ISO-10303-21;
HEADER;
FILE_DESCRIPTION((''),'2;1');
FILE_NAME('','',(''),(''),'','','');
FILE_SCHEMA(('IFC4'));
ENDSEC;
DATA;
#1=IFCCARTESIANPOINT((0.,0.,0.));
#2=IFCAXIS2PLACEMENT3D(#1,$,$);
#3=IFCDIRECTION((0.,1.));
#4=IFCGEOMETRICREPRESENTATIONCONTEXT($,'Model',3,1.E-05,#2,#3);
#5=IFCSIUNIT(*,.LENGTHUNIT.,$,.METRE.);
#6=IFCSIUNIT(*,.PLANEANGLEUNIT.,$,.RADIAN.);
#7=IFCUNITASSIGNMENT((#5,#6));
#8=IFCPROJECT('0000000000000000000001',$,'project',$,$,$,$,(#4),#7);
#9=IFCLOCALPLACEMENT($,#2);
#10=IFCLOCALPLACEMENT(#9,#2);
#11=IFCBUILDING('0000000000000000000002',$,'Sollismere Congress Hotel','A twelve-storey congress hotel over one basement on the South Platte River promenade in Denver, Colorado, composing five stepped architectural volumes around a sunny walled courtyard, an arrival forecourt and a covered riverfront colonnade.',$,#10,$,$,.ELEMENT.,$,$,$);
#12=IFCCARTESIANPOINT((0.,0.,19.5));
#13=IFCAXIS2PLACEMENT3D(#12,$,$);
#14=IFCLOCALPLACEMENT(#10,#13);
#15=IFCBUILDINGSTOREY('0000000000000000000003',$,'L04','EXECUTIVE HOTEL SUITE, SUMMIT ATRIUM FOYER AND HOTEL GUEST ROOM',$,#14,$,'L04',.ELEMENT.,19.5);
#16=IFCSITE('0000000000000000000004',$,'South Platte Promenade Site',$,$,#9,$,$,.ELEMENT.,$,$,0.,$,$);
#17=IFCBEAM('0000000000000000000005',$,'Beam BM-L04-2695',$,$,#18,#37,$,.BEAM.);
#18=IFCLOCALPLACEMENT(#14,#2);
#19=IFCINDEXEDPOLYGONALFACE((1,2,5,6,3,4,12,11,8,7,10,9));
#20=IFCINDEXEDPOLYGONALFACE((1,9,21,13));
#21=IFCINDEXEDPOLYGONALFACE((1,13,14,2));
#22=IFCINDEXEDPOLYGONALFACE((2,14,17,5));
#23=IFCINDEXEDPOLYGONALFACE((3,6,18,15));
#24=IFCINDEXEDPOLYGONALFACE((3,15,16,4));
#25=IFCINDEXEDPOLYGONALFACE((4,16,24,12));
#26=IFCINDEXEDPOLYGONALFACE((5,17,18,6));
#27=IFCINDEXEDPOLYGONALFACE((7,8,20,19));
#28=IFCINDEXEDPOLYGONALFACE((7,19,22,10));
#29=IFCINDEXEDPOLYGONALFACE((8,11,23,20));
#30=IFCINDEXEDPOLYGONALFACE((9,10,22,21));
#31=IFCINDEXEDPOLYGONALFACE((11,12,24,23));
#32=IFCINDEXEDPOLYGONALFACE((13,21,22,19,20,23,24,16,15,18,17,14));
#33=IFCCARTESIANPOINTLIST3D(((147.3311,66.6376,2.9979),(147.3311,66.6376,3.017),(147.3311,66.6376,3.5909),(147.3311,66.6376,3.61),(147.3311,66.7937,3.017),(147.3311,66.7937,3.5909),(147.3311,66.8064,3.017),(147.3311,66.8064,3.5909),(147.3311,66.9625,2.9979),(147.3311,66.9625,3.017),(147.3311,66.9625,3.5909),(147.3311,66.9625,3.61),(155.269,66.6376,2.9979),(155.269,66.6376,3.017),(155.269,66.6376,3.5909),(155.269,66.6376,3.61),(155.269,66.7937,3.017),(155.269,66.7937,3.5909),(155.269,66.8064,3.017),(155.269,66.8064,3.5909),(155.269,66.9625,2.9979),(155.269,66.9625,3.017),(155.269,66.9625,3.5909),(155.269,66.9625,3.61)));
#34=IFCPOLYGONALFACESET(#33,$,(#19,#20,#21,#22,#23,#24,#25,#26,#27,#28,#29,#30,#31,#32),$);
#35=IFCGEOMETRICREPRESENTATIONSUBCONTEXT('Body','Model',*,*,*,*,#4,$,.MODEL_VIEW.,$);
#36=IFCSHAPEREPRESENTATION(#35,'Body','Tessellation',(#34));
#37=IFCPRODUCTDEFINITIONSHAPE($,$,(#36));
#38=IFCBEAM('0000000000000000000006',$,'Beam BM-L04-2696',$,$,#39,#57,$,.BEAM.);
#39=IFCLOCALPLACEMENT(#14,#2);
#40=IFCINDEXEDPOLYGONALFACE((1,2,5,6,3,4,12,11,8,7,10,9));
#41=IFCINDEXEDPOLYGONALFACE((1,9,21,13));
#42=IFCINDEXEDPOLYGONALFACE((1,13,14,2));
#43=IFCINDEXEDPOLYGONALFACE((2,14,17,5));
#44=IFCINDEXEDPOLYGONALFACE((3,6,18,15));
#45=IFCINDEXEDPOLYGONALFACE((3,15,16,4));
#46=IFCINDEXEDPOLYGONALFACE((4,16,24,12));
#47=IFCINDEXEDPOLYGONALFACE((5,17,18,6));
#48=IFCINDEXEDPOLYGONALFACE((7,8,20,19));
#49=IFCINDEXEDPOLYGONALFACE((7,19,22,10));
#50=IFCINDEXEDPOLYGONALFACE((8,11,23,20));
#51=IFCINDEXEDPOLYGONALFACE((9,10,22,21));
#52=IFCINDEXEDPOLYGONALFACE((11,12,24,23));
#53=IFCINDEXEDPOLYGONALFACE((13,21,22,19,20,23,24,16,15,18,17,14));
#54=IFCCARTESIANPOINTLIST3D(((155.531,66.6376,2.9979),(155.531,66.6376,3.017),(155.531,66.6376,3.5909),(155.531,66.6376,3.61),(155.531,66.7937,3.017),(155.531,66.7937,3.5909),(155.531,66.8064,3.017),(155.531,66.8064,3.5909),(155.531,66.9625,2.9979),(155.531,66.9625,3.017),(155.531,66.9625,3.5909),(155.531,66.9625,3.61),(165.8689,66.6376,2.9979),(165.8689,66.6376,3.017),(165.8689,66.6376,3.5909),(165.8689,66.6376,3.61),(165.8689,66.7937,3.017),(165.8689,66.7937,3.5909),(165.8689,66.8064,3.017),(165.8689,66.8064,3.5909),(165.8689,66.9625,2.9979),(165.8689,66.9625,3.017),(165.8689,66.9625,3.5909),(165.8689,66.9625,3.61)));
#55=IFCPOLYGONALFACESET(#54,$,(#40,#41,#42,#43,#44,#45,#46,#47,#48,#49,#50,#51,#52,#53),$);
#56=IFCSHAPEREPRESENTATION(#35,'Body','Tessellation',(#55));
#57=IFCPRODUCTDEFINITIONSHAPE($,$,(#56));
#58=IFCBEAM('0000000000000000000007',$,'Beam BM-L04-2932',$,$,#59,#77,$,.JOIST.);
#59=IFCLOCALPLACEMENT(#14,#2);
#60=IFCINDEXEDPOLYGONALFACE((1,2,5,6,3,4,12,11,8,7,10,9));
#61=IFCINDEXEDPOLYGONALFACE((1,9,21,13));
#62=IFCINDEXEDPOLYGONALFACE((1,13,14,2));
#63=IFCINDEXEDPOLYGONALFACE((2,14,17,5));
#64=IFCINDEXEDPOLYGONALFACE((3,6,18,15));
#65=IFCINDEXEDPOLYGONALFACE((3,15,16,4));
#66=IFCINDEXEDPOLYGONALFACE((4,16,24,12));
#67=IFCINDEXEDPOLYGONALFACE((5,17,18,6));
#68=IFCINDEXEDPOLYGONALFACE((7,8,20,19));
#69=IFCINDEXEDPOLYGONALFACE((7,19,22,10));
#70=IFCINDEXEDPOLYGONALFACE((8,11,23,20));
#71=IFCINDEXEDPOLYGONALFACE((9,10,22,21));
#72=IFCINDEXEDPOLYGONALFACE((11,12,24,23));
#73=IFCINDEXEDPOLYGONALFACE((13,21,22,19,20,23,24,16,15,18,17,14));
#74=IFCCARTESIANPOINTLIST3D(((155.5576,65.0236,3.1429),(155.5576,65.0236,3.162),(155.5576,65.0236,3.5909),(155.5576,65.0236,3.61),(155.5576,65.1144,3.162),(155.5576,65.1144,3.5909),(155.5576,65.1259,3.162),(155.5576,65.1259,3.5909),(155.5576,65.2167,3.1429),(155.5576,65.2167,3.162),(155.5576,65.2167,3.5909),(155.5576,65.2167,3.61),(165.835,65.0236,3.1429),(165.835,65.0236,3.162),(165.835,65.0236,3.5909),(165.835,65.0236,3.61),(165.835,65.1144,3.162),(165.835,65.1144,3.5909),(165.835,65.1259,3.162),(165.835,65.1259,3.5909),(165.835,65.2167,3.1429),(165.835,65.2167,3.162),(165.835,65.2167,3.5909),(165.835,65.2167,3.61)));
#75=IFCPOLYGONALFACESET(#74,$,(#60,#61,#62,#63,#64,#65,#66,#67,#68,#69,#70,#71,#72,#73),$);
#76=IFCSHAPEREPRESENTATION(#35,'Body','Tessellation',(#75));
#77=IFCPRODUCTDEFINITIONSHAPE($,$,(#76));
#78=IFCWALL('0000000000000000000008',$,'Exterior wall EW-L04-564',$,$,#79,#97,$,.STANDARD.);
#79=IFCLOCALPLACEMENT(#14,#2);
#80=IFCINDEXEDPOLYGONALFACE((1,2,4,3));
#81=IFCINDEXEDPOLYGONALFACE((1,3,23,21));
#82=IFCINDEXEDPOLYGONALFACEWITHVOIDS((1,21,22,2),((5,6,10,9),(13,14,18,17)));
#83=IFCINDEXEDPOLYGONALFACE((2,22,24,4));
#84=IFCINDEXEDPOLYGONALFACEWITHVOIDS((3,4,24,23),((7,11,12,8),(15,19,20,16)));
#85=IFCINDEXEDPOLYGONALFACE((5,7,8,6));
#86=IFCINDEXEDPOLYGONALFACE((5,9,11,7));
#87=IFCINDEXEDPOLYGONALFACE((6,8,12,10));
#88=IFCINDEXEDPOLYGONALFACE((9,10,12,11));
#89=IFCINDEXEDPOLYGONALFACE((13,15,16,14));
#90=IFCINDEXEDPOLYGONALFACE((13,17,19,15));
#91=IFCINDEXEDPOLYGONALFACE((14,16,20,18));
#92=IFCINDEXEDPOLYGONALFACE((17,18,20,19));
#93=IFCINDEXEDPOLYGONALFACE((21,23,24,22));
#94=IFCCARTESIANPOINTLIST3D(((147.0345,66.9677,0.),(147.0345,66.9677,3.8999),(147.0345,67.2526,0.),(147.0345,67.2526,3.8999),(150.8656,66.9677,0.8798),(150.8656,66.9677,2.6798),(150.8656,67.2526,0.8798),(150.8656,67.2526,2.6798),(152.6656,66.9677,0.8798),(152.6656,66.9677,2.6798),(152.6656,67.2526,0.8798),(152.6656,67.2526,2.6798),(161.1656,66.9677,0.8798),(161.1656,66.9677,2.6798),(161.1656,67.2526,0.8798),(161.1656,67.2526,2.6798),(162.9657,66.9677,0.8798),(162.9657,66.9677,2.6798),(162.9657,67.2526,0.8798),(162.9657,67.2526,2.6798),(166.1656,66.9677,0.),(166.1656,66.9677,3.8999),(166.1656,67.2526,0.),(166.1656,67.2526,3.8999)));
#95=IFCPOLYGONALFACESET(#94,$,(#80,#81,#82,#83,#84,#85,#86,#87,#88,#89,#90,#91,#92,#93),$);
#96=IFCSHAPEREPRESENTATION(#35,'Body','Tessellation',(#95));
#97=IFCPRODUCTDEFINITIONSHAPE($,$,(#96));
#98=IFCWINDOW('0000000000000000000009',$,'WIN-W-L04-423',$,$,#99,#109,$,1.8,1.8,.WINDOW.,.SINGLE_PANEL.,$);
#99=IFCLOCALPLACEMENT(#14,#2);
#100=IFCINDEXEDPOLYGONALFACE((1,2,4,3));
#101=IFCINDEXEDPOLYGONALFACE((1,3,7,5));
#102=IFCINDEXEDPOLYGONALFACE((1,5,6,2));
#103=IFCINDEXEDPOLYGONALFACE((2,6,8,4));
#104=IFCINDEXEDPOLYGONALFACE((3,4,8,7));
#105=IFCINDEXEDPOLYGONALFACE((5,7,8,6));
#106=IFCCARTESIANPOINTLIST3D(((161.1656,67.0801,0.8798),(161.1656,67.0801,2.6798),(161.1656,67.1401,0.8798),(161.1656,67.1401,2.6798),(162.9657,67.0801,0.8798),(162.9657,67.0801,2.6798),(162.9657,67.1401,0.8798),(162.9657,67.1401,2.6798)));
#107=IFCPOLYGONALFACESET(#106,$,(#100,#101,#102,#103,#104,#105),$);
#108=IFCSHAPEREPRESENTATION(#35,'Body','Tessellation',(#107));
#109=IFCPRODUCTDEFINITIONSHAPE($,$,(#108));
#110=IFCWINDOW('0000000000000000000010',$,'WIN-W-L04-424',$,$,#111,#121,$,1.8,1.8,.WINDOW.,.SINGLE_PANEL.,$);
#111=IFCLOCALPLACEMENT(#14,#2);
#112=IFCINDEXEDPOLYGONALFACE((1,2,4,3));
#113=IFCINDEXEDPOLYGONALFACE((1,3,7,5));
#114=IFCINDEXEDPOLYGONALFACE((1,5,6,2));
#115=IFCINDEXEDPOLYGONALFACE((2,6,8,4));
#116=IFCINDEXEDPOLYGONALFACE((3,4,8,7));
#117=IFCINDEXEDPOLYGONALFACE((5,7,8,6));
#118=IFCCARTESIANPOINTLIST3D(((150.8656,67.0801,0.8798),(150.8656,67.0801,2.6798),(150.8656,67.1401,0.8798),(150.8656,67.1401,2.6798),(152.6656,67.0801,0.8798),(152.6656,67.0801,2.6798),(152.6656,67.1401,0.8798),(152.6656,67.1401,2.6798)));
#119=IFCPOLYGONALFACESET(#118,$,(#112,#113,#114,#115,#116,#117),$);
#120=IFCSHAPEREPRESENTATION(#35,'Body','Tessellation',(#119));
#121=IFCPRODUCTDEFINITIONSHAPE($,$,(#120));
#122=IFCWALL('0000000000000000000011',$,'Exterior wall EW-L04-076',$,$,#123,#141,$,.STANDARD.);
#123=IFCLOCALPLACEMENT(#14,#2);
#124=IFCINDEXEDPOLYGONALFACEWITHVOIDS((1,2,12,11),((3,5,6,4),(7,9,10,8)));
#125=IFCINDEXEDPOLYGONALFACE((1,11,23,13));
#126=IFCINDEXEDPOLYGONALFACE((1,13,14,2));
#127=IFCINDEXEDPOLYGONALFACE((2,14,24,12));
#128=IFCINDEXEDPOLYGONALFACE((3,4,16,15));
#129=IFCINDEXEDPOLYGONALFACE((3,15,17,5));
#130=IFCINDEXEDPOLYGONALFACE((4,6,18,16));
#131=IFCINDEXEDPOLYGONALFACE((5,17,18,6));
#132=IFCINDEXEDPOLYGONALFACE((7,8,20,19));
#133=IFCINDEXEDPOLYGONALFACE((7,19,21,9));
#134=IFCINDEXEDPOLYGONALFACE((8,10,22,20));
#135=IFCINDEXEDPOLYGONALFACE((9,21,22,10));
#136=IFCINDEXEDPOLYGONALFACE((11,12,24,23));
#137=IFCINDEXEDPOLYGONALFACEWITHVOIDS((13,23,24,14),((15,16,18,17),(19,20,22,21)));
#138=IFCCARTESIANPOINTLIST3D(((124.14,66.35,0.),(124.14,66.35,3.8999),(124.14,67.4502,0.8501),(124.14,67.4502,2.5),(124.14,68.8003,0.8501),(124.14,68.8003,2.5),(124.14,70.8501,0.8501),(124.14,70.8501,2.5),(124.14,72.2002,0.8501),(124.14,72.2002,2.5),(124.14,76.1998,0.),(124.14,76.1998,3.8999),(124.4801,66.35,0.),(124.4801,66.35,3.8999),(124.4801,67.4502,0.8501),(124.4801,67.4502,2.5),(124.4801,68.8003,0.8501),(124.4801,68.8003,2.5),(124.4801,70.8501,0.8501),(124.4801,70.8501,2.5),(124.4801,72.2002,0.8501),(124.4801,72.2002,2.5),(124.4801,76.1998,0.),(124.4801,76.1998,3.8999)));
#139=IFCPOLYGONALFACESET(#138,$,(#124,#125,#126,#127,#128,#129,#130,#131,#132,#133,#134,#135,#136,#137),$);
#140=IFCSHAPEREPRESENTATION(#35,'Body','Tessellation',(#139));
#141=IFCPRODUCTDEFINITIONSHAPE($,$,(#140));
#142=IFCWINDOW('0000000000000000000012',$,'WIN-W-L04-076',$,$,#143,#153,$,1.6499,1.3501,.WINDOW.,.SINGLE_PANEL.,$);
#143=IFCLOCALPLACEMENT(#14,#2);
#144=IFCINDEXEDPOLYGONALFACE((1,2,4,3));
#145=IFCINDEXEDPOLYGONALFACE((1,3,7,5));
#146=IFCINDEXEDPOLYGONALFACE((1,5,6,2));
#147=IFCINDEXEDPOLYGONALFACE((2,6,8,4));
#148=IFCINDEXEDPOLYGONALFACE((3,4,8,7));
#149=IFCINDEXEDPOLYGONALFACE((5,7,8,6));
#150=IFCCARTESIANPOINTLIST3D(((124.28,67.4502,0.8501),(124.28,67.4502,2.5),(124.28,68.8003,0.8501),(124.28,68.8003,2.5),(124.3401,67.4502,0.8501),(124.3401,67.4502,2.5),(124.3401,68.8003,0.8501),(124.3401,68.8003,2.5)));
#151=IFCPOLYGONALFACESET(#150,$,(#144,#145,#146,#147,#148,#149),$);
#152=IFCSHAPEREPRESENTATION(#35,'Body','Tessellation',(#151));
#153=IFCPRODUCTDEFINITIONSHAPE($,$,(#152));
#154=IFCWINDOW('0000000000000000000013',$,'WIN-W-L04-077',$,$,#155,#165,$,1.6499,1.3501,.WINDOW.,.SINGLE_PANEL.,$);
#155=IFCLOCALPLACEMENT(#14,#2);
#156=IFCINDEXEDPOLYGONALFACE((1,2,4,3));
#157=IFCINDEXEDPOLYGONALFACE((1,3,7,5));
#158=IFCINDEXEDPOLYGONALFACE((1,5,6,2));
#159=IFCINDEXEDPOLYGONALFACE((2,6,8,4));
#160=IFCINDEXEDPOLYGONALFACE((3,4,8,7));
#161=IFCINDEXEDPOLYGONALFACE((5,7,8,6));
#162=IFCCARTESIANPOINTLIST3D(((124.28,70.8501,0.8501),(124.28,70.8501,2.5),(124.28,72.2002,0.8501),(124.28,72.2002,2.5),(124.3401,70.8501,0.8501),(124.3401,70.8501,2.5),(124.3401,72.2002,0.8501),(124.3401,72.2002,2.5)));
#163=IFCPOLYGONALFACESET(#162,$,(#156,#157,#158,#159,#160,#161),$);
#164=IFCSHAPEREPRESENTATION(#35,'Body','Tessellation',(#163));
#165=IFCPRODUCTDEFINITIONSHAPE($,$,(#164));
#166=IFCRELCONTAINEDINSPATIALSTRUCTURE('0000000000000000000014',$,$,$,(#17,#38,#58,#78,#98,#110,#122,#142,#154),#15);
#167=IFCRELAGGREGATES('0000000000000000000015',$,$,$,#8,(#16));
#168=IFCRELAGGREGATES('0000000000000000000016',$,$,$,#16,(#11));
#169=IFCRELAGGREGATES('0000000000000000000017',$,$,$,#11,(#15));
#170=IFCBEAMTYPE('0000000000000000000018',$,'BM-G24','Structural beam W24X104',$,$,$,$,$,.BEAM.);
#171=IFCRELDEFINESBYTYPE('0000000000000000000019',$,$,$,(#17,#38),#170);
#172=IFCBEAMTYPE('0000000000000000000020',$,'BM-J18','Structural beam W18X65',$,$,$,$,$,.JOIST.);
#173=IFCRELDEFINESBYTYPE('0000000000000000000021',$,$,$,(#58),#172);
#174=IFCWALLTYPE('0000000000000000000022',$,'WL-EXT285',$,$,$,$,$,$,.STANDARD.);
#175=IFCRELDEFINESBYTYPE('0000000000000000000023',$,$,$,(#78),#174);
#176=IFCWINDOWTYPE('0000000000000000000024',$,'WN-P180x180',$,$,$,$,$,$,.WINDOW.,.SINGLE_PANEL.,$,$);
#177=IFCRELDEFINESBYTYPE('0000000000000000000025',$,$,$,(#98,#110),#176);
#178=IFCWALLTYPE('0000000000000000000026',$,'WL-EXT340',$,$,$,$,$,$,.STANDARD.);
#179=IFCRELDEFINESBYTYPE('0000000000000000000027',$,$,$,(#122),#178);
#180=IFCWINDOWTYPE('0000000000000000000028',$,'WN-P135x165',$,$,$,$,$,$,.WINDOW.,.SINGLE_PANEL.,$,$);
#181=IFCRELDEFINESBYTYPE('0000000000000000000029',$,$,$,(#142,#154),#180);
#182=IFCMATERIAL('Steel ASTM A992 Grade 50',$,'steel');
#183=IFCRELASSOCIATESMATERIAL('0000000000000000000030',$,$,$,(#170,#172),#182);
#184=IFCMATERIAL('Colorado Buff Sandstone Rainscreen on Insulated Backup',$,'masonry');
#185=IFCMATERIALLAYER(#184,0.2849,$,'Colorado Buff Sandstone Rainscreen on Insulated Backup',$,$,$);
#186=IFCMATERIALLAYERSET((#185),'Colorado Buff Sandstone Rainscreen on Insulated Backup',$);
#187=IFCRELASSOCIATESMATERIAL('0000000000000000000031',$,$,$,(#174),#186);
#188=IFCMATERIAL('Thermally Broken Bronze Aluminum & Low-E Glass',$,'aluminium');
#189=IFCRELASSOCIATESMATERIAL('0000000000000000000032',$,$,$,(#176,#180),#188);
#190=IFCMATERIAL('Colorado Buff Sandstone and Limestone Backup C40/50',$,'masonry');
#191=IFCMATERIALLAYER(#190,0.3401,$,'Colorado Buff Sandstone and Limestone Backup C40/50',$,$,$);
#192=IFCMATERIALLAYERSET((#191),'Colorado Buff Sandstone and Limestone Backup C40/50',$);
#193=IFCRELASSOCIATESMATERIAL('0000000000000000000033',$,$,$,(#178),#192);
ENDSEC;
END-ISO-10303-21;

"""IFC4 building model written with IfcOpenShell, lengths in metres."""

from ifc_helpers import new_model, si_unit, direction, frame, frame_2d, origin, origin_2d, place, context, subcontext, project, spatial, rectangle, i_section, extrude, material, layer, layer_set, material_profile, profile_set, type_object, element, fill, save


model = new_model("IFC4")

# Units and contexts
model_context = context("Model", 3, precision=1e-05, world=origin(), true_north=direction((0.0, 1.0)))
body_context = subcontext(model_context, "Body", "Model", "MODEL_VIEW")
ifc_project = project(units=[si_unit("LENGTHUNIT", "METRE"), si_unit("PLANEANGLEUNIT", "RADIAN")], contexts=[model_context])

# Site, building, storey
site_placement = place(None, origin())
site = spatial("IfcSite", under=ifc_project, at=site_placement, Name="South Platte Promenade Site", CompositionType="ELEMENT", RefElevation=0.0)
building_placement = place(site_placement, origin())
building = spatial("IfcBuilding", under=site, at=building_placement, Name="Sollismere Congress Hotel", Description="A twelve-storey congress hotel over one basement on the South Platte River promenade in Denver, Colorado, composing five stepped architectural volumes around a sunny walled courtyard, an arrival forecourt and a covered riverfront colonnade.", CompositionType="ELEMENT")
storey_placement = place(building_placement, frame((0.0, 0.0, 19.5)))
storey = spatial("IfcBuildingStorey", under=building, at=storey_placement, Name="L04", Description="EXECUTIVE HOTEL SUITE, SUMMIT ATRIUM FOYER AND HOTEL GUEST ROOM", LongName="L04", CompositionType="ELEMENT", Elevation=19.5)

# Shared definitions
ifc_material_1 = material(Name="Steel ASTM A992 Grade 50", Category="steel")

# Beams
ifc_material_profile_1 = material_profile(ifc_material_1, i_section(OverallWidth=0.325, OverallDepth=0.6121, WebThickness=0.0127, FlangeThickness=0.019, at=origin_2d()), Name="W24X104")
ifc_profile_set_1 = profile_set([ifc_material_profile_1], Name="Steel ASTM A992 Grade 50")
beam_type_1 = type_object("IfcBeamType", Name="BM-G24", Description="Structural beam W24X104", PredefinedType="BEAM", material=ifc_profile_set_1)
beam_1_placement = place(storey_placement, frame((147.3311, 66.8, 3.304), z_axis=(1.0, 0.0, 0.0), x_axis=(0.0, 1.0, 0.0)))
element("IfcBeam", 1, at=beam_1_placement, inside=storey, type_object=beam_type_1, Name="Beam BM-L04-2695", PredefinedType="BEAM", context=body_context, shape_type="SweptSolid", body=[
    extrude(i_section(OverallWidth=0.325, OverallDepth=0.6121, WebThickness=0.0127, FlangeThickness=0.019, at=origin_2d()), origin(), (0.0, 0.0, 1.0), 7.938),
])
beam_2_placement = place(storey_placement, frame((155.531, 66.8, 3.304), z_axis=(1.0, 0.0, 0.0), x_axis=(0.0, 1.0, 0.0)))
element("IfcBeam", 2, at=beam_2_placement, inside=storey, type_object=beam_type_1, Name="Beam BM-L04-2696", PredefinedType="BEAM", context=body_context, shape_type="SweptSolid", body=[
    extrude(i_section(OverallWidth=0.325, OverallDepth=0.6121, WebThickness=0.0127, FlangeThickness=0.019, at=origin_2d()), origin(), (0.0, 0.0, 1.0), 10.3379),
])
ifc_material_profile_2 = material_profile(ifc_material_1, i_section(OverallWidth=0.1931, OverallDepth=0.467, WebThickness=0.0115, FlangeThickness=0.019, at=origin_2d()), Name="W18X65")
ifc_profile_set_2 = profile_set([ifc_material_profile_2], Name="Steel ASTM A992 Grade 50")
beam_type_2 = type_object("IfcBeamType", Name="BM-J18", Description="Structural beam W18X65", PredefinedType="JOIST", material=ifc_profile_set_2)
beam_3_placement = place(storey_placement, frame((155.5576, 65.1201, 3.3765), z_axis=(1.0, 0.0, 0.0), x_axis=(0.0, 1.0, 0.0)))
element("IfcBeam", 3, at=beam_3_placement, inside=storey, type_object=beam_type_2, Name="Beam BM-L04-2932", PredefinedType="JOIST", context=body_context, shape_type="SweptSolid", body=[
    extrude(i_section(OverallWidth=0.1931, OverallDepth=0.467, WebThickness=0.0115, FlangeThickness=0.019, at=origin_2d()), origin(), (0.0, 0.0, 1.0), 10.2773),
])

# Walls, openings, windows
ifc_material_2 = material(Name="Colorado Buff Sandstone Rainscreen on Insulated Backup", Category="masonry")
ifc_layer_1 = layer(ifc_material_2, 0.2849, Name="Colorado Buff Sandstone Rainscreen on Insulated Backup")
ifc_layer_set_1 = layer_set([ifc_layer_1], Name="Colorado Buff Sandstone Rainscreen on Insulated Backup")
wall_type_1 = type_object("IfcWallType", Name="WL-EXT285", PredefinedType="STANDARD", material=ifc_layer_set_1)
wall_1_placement = place(storey_placement, frame((166.1655, 67.1101, 0.0), z_axis=(0.0, 0.0, 1.0), x_axis=(-1.0, 0.0, 0.0)))
wall_1 = element("IfcWall", 4, at=wall_1_placement, inside=storey, type_object=wall_type_1, Name="Exterior wall EW-L04-564", PredefinedType="STANDARD", context=body_context, shape_type="SweptSolid", body=[
    extrude(rectangle(XDim=19.1311, YDim=0.2849, at=frame_2d((9.5654, 0.0))), origin(), (0.0, 0.0, 1.0), 3.8999),
])
opening_1_placement = place(wall_1_placement, frame((3.2, 0.0, 0.8799)))
opening_1 = element("IfcOpeningElement", 5, at=opening_1_placement, cuts=wall_1, PredefinedType="OPENING", context=body_context, shape_type="SweptSolid", body=[
    extrude(rectangle(XDim=1.8, YDim=1.8, at=frame_2d((0.8999, 0.8999))), frame((0.0, 0.1523, 0.0), z_axis=(0.0, -1.0, 0.0), x_axis=(1.0, 0.0, 0.0)), (0.0, 0.0, 1.0), 0.3049),
])
opening_2_placement = place(wall_1_placement, frame((13.5, 0.0, 0.8799)))
opening_2 = element("IfcOpeningElement", 6, at=opening_2_placement, cuts=wall_1, PredefinedType="OPENING", context=body_context, shape_type="SweptSolid", body=[
    extrude(rectangle(XDim=1.8, YDim=1.8, at=frame_2d((0.8999, 0.8999))), frame((0.0, 0.1523, 0.0), z_axis=(0.0, -1.0, 0.0), x_axis=(1.0, 0.0, 0.0)), (0.0, 0.0, 1.0), 0.3049),
])
ifc_material_3 = material(Name="Thermally Broken Bronze Aluminum & Low-E Glass", Category="aluminium")
window_type_1 = type_object("IfcWindowType", Name="WN-P180x180", PartitioningType="SINGLE_PANEL", PredefinedType="WINDOW", material=ifc_material_3)
window_1_placement = place(opening_1_placement, origin())
window_1 = element("IfcWindow", 7, at=window_1_placement, inside=storey, type_object=window_type_1, Name="WIN-W-L04-423", OverallHeight=1.8, OverallWidth=1.8, PartitioningType="SINGLE_PANEL", PredefinedType="WINDOW", context=body_context, shape_type="SweptSolid", body=[
    extrude(rectangle(XDim=1.8, YDim=1.8, at=frame_2d((0.8999, 0.8999))), frame((0.0, 0.03, 0.0), z_axis=(0.0, -1.0, 0.0), x_axis=(1.0, 0.0, 0.0)), (0.0, 0.0, 1.0), 0.0601),
])
fill(opening_1, window_1)
window_2_placement = place(opening_2_placement, origin())
window_2 = element("IfcWindow", 8, at=window_2_placement, inside=storey, type_object=window_type_1, Name="WIN-W-L04-424", OverallHeight=1.8, OverallWidth=1.8, PartitioningType="SINGLE_PANEL", PredefinedType="WINDOW", context=body_context, shape_type="SweptSolid", body=[
    extrude(rectangle(XDim=1.8, YDim=1.8, at=frame_2d((0.8999, 0.8999))), frame((0.0, 0.03, 0.0), z_axis=(0.0, -1.0, 0.0), x_axis=(1.0, 0.0, 0.0)), (0.0, 0.0, 1.0), 0.0601),
])
fill(opening_2, window_2)
ifc_material_4 = material(Name="Colorado Buff Sandstone and Limestone Backup C40/50", Category="masonry")
ifc_layer_2 = layer(ifc_material_4, 0.3401, Name="Colorado Buff Sandstone and Limestone Backup C40/50")
ifc_layer_set_2 = layer_set([ifc_layer_2], Name="Colorado Buff Sandstone and Limestone Backup C40/50")
wall_type_2 = type_object("IfcWallType", Name="WL-EXT340", PredefinedType="STANDARD", material=ifc_layer_set_2)
wall_2_placement = place(storey_placement, frame((124.3101, 66.3501, 0.0), z_axis=(0.0, 0.0, 1.0), x_axis=(0.0, 1.0, 0.0)))
wall_2 = element("IfcWall", 9, at=wall_2_placement, inside=storey, type_object=wall_type_2, Name="Exterior wall EW-L04-076", PredefinedType="STANDARD", context=body_context, shape_type="SweptSolid", body=[
    extrude(rectangle(XDim=9.8499, YDim=0.3401, at=frame_2d((4.9248, 0.0))), origin(), (0.0, 0.0, 1.0), 3.8999),
])
opening_3_placement = place(wall_2_placement, frame((1.1001, 0.0, 0.8501)))
opening_3 = element("IfcOpeningElement", 10, at=opening_3_placement, cuts=wall_2, PredefinedType="OPENING", context=body_context, shape_type="SweptSolid", body=[
    extrude(rectangle(XDim=1.3501, YDim=1.6499, at=frame_2d((0.675, 0.825))), frame((0.0, 0.1799, 0.0), z_axis=(0.0, -1.0, 0.0), x_axis=(1.0, 0.0, 0.0)), (0.0, 0.0, 1.0), 0.3601),
])
opening_4_placement = place(wall_2_placement, frame((4.5, 0.0, 0.8501)))
opening_4 = element("IfcOpeningElement", 11, at=opening_4_placement, cuts=wall_2, PredefinedType="OPENING", context=body_context, shape_type="SweptSolid", body=[
    extrude(rectangle(XDim=1.3501, YDim=1.6499, at=frame_2d((0.675, 0.825))), frame((0.0, 0.1799, 0.0), z_axis=(0.0, -1.0, 0.0), x_axis=(1.0, 0.0, 0.0)), (0.0, 0.0, 1.0), 0.3601),
])
window_type_2 = type_object("IfcWindowType", Name="WN-P135x165", PartitioningType="SINGLE_PANEL", PredefinedType="WINDOW", material=ifc_material_3)
window_3_placement = place(opening_3_placement, origin())
window_3 = element("IfcWindow", 12, at=window_3_placement, inside=storey, type_object=window_type_2, Name="WIN-W-L04-076", OverallHeight=1.6499, OverallWidth=1.3501, PartitioningType="SINGLE_PANEL", PredefinedType="WINDOW", context=body_context, shape_type="SweptSolid", body=[
    extrude(rectangle(XDim=1.3501, YDim=1.6499, at=frame_2d((0.675, 0.825))), frame((0.0, 0.03, 0.0), z_axis=(0.0, -1.0, 0.0), x_axis=(1.0, 0.0, 0.0)), (0.0, 0.0, 1.0), 0.0601),
])
fill(opening_3, window_3)
window_4_placement = place(opening_4_placement, origin())
window_4 = element("IfcWindow", 13, at=window_4_placement, inside=storey, type_object=window_type_2, Name="WIN-W-L04-077", OverallHeight=1.6499, OverallWidth=1.3501, PartitioningType="SINGLE_PANEL", PredefinedType="WINDOW", context=body_context, shape_type="SweptSolid", body=[
    extrude(rectangle(XDim=1.3501, YDim=1.6499, at=frame_2d((0.675, 0.825))), frame((0.0, 0.03, 0.0), z_axis=(0.0, -1.0, 0.0), x_axis=(1.0, 0.0, 0.0)), (0.0, 0.0, 1.0), 0.0601),
])
fill(opening_4, window_4)

save(model, "model.ifc")
